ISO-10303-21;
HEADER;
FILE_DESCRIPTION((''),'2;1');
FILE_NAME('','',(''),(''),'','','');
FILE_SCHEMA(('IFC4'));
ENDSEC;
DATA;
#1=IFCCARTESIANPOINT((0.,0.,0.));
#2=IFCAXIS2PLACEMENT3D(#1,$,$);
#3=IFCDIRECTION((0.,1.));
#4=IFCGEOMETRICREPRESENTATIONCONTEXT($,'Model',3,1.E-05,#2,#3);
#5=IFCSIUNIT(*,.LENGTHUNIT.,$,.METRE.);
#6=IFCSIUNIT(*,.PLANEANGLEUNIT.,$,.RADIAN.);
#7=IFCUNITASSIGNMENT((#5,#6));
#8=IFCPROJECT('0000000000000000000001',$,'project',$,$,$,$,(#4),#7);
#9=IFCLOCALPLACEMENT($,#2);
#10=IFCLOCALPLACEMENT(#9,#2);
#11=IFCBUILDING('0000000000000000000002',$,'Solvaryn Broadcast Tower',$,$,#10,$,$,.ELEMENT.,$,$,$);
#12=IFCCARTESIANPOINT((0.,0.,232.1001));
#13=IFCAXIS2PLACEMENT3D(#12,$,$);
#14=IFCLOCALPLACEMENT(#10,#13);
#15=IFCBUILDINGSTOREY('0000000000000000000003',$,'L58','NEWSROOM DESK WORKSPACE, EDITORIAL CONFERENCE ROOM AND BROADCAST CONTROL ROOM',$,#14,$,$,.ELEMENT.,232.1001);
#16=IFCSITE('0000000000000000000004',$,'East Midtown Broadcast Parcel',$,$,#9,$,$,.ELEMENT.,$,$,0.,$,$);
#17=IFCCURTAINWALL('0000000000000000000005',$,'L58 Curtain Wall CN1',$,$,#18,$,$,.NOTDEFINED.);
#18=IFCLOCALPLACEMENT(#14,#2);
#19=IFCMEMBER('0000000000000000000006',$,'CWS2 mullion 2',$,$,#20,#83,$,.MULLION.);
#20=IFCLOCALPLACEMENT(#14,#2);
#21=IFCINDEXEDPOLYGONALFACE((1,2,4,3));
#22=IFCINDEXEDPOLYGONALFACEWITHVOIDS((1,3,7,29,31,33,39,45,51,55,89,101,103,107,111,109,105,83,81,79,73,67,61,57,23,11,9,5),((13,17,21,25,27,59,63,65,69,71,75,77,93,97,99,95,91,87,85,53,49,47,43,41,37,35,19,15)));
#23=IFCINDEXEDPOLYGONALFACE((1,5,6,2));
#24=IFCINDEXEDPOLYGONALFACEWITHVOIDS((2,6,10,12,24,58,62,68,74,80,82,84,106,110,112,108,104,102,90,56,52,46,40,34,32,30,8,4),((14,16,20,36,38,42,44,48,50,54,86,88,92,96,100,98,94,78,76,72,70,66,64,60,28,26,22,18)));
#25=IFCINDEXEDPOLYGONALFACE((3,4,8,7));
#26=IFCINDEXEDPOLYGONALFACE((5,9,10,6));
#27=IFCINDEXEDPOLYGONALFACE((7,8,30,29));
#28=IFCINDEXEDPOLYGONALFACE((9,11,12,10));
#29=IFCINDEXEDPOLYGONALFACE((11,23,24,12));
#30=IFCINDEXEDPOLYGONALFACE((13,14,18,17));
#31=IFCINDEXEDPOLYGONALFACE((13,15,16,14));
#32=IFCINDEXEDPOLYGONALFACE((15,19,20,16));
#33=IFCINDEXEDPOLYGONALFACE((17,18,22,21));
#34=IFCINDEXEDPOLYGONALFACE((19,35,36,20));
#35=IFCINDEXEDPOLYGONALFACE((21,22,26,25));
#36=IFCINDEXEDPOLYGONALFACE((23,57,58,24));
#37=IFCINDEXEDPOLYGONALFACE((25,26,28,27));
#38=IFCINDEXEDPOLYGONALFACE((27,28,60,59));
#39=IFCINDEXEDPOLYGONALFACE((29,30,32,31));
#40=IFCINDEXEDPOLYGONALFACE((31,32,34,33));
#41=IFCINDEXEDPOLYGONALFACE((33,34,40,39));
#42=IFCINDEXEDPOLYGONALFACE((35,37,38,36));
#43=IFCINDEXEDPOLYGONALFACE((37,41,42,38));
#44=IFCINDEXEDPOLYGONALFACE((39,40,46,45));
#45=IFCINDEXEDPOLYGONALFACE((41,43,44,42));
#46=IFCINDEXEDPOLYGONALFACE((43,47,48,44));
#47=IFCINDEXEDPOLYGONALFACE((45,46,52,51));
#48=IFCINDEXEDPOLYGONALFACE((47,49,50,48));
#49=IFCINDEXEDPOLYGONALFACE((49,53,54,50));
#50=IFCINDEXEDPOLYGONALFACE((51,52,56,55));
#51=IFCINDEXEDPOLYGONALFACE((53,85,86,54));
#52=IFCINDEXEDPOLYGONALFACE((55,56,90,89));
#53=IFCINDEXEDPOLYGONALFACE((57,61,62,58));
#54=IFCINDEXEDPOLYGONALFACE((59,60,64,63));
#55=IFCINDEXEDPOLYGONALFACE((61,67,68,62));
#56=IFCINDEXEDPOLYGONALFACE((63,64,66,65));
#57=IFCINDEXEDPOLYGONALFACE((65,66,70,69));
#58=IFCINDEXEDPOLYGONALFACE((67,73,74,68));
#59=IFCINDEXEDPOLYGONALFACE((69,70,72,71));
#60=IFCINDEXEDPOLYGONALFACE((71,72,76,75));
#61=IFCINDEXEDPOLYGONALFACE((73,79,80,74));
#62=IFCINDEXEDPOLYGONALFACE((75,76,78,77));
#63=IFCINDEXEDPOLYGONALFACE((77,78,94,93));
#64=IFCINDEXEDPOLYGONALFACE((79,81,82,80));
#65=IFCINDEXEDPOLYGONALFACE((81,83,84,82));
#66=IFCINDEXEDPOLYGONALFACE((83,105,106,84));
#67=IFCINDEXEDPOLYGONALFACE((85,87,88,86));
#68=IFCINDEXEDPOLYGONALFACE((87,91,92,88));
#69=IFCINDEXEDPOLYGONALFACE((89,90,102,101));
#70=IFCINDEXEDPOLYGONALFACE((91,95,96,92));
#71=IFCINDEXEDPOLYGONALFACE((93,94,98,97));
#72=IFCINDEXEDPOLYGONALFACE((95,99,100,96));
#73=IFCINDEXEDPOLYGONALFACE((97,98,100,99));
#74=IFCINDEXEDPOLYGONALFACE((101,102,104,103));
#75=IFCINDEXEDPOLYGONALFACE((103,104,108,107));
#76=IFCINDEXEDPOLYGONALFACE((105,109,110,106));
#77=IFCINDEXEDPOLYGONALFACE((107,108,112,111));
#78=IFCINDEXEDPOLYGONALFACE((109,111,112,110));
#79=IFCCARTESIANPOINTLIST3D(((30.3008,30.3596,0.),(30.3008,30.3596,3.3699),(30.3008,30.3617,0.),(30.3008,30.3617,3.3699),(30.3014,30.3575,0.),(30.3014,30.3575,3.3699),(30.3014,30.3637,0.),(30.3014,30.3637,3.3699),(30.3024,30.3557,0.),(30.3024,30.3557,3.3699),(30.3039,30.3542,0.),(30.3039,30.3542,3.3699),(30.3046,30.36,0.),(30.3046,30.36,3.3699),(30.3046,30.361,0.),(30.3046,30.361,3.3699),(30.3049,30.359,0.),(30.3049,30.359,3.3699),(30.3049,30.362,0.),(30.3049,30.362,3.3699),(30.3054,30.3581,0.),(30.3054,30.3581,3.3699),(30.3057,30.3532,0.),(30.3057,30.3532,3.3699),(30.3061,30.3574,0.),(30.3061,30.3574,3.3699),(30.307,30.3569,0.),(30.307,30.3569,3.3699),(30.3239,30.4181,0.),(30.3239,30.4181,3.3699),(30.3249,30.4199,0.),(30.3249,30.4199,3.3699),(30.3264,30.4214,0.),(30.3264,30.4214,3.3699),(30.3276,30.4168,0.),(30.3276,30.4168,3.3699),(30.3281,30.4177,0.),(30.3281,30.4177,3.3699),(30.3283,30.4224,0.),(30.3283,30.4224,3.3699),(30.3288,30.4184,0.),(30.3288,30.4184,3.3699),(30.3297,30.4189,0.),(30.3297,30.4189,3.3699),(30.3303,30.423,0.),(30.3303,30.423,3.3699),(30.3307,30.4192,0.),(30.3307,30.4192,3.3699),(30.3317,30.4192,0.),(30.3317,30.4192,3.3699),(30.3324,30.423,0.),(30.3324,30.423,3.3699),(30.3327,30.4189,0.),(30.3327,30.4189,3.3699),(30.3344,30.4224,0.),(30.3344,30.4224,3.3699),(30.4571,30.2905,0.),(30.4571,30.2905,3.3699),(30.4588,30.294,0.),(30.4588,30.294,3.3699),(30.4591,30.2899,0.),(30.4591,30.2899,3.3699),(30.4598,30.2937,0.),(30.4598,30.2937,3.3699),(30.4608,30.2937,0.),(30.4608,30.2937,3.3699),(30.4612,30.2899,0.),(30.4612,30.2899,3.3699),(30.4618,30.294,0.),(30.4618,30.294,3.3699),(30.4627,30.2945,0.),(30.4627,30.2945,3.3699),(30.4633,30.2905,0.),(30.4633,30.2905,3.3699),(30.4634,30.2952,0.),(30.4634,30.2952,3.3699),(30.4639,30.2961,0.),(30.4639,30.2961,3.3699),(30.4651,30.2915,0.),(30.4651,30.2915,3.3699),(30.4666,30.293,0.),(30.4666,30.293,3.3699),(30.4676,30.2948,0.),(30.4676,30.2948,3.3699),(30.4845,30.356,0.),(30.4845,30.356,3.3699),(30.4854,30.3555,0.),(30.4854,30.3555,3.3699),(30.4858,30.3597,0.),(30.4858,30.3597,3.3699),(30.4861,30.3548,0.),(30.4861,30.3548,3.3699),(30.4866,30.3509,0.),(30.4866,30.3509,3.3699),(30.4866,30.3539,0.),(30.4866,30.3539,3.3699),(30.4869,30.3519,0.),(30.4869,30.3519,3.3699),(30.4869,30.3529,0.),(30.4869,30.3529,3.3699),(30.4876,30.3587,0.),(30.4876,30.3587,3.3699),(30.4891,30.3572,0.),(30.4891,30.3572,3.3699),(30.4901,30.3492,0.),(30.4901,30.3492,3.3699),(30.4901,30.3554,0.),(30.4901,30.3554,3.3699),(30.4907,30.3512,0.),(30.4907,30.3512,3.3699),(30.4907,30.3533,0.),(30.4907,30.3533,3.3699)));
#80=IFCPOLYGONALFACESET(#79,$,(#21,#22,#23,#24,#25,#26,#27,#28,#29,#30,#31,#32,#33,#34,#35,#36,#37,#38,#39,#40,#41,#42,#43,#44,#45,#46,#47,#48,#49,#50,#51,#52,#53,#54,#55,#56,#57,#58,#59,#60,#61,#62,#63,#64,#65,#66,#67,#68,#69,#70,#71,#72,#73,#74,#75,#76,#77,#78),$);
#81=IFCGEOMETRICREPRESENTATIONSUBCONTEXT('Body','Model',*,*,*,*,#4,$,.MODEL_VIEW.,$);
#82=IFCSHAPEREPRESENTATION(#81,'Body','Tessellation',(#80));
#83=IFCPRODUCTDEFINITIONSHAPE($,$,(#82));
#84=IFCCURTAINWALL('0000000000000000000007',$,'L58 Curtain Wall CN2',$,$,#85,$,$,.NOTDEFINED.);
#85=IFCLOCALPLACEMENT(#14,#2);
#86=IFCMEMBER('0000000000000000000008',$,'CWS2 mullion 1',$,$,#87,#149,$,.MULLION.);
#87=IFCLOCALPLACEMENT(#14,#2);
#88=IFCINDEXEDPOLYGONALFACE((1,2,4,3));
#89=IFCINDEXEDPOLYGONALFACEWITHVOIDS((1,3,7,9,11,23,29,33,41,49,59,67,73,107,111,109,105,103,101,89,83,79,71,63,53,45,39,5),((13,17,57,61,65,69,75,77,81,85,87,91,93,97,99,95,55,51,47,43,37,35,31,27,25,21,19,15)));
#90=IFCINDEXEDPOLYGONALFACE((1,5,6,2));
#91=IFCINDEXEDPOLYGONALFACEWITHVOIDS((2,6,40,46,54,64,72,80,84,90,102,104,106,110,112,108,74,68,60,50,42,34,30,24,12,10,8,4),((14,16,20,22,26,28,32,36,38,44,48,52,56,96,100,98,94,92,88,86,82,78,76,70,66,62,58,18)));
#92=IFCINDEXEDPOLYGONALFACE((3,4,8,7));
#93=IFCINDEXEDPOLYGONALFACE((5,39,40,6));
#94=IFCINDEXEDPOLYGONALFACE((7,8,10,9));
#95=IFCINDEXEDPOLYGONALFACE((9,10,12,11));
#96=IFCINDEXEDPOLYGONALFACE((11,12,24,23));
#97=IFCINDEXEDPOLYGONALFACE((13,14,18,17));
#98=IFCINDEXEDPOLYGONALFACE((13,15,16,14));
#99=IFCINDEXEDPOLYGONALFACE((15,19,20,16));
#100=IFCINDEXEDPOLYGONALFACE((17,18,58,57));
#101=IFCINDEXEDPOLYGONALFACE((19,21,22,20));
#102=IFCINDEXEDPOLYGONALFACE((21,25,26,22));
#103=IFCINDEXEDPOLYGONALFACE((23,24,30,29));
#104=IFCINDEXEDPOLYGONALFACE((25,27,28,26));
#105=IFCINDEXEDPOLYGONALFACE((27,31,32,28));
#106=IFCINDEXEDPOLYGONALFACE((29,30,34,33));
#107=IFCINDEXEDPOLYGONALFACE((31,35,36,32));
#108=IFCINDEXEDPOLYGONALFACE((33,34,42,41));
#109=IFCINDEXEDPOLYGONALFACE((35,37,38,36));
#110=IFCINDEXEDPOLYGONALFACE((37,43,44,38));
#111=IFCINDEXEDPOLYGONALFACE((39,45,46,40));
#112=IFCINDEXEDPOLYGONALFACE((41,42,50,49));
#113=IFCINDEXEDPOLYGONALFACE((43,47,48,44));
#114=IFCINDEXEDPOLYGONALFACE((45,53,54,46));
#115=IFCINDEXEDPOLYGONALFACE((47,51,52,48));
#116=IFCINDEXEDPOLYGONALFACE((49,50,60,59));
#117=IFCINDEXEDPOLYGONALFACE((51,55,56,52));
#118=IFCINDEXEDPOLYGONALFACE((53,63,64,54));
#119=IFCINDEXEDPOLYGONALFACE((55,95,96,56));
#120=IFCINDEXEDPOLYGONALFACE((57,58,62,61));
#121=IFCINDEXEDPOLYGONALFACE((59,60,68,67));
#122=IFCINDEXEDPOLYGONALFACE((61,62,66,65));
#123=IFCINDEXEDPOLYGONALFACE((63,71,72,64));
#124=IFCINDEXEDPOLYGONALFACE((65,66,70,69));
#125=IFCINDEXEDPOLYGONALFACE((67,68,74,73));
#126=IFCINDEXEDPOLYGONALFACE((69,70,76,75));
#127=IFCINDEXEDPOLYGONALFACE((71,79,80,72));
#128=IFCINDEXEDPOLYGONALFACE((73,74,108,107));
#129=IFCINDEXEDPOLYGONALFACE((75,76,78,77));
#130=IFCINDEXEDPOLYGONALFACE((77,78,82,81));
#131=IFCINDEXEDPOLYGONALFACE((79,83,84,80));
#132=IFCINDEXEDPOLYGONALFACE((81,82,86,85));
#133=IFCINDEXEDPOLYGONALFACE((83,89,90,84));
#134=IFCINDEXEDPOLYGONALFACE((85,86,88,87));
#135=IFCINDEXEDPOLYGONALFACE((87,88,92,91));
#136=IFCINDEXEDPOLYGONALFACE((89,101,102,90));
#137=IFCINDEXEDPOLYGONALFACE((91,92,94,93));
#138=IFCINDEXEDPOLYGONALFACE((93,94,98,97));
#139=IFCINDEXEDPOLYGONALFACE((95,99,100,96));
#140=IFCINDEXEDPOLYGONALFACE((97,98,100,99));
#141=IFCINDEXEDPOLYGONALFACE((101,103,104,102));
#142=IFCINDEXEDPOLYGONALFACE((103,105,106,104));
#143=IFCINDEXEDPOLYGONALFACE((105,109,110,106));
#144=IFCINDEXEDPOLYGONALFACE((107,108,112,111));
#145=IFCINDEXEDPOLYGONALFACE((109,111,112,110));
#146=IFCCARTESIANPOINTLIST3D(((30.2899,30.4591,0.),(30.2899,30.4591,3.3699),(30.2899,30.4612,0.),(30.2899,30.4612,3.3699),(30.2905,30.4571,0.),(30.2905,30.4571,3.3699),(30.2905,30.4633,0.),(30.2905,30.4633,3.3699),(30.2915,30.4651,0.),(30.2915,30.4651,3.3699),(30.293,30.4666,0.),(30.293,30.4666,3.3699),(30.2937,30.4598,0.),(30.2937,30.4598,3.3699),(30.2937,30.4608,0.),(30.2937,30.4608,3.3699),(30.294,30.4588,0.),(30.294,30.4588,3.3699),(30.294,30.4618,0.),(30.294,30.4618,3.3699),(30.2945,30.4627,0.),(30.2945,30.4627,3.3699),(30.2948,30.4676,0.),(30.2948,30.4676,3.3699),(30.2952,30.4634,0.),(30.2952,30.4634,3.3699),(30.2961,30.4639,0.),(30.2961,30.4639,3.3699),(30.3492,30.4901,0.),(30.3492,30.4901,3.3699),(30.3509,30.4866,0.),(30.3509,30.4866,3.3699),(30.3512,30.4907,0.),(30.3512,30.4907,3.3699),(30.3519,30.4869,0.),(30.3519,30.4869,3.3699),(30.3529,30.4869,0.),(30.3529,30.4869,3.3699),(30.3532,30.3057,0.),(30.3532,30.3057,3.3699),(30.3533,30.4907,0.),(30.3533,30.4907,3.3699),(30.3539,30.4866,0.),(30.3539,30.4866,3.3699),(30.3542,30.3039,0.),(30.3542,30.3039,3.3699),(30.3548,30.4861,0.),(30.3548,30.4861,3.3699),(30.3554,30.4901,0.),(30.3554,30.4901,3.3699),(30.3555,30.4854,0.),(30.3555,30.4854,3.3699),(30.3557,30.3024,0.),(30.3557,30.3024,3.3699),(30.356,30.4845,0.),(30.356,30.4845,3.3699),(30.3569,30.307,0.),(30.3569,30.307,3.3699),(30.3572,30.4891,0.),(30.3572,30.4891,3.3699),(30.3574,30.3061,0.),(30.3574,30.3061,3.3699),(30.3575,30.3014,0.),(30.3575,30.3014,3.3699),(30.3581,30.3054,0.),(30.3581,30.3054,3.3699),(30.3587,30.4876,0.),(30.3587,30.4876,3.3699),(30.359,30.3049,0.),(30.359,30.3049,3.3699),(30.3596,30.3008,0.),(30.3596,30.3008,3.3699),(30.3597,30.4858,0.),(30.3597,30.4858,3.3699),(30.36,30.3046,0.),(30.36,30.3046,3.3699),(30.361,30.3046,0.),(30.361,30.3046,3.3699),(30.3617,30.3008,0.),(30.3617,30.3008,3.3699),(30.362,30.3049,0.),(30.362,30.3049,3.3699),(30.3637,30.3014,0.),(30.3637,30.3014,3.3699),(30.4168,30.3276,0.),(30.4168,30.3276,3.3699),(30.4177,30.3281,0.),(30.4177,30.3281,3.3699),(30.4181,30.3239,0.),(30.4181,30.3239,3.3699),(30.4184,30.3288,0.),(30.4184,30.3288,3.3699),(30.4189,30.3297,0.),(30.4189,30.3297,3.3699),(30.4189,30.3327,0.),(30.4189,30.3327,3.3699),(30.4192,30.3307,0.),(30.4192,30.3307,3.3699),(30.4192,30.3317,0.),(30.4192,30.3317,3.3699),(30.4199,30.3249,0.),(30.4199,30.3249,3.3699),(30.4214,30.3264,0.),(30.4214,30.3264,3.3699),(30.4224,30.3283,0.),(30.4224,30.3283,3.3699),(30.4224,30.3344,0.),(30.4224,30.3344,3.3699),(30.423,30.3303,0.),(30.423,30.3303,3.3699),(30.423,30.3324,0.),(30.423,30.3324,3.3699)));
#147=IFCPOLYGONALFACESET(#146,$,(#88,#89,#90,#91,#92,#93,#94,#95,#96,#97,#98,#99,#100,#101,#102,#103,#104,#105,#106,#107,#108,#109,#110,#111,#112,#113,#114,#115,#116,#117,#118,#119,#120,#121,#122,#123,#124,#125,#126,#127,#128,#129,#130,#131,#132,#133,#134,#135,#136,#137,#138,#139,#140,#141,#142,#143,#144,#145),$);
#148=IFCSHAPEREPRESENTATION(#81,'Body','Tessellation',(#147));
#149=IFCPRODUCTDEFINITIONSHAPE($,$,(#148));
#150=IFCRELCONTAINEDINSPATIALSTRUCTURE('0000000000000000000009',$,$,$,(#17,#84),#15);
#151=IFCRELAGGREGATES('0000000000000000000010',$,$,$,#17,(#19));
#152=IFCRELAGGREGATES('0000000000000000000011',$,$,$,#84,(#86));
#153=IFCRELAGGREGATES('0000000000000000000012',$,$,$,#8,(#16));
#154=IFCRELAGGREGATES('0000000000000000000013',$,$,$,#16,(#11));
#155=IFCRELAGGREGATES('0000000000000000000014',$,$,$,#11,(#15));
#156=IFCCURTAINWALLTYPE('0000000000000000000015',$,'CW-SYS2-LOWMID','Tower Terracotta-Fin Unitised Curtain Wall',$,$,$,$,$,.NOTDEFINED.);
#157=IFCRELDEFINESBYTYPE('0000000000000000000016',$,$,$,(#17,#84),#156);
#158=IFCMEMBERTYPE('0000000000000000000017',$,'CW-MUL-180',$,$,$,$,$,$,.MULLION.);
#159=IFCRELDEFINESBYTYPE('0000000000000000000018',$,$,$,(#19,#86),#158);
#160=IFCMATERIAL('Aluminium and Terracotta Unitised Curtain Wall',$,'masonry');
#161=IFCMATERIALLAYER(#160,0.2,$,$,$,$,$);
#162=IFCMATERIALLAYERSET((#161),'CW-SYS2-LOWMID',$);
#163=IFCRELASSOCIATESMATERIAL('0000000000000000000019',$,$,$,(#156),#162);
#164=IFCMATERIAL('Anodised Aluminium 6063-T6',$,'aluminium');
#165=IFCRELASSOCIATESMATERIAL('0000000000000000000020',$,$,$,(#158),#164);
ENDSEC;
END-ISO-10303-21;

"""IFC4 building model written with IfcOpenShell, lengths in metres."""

from ifc_helpers import new_model, si_unit, direction, frame, origin, origin_2d, place, context, subcontext, project, spatial, hollow_rectangle, extrude, material, layer, layer_set, material_profile, profile_set, type_object, element, aggregate, save


model = new_model("IFC4")

# Units and contexts
model_context = context("Model", 3, precision=1e-05, world=origin(), true_north=direction((0.0, 1.0)))
body_context = subcontext(model_context, "Body", "Model", "MODEL_VIEW")
ifc_project = project(units=[si_unit("LENGTHUNIT", "METRE"), si_unit("PLANEANGLEUNIT", "RADIAN")], contexts=[model_context])

# Site, building, storey
site_placement = place(None, origin())
site = spatial("IfcSite", under=ifc_project, at=site_placement, Name="East Midtown Broadcast Parcel", CompositionType="ELEMENT", RefElevation=0.0)
building_placement = place(site_placement, origin())
building = spatial("IfcBuilding", under=site, at=building_placement, Name="Solvaryn Broadcast Tower", CompositionType="ELEMENT")
storey_placement = place(building_placement, frame((0.0, 0.0, 232.1001)))
storey = spatial("IfcBuildingStorey", under=building, at=storey_placement, Name="L58", Description="NEWSROOM DESK WORKSPACE, EDITORIAL CONFERENCE ROOM AND BROADCAST CONTROL ROOM", CompositionType="ELEMENT", Elevation=232.1001)

# Curtain wall, member
ifc_material_1 = material(Name="Aluminium and Terracotta Unitised Curtain Wall", Category="masonry")
ifc_layer_1 = layer(ifc_material_1, 0.2)
ifc_layer_set_1 = layer_set([ifc_layer_1], Name="CW-SYS2-LOWMID")
curtain_wall_type = type_object("IfcCurtainWallType", Name="CW-SYS2-LOWMID", Description="Tower Terracotta-Fin Unitised Curtain Wall", PredefinedType="NOTDEFINED", material=ifc_layer_set_1)
curtain_wall_1_placement = place(storey_placement, origin())
curtain_wall_1 = element("IfcCurtainWall", 1, at=curtain_wall_1_placement, inside=storey, type_object=curtain_wall_type, Name="L58 Curtain Wall CN1", PredefinedType="NOTDEFINED")
ifc_material_2 = material(Name="Anodised Aluminium 6063-T6", Category="aluminium")
ifc_material_profile_1 = material_profile(ifc_material_2, hollow_rectangle(XDim=0.075, YDim=0.1799, WallThickness=0.0039, InnerFilletRadius=0.0039, OuterFilletRadius=0.0081, at=origin_2d()))
ifc_profile_set_1 = profile_set([ifc_material_profile_1], Name="Anodised Aluminium 6063-T6")
member_type_1 = type_object("IfcMemberType", Name="CW-MUL-180", PredefinedType="MULLION", material=ifc_profile_set_1)
member_1_placement = place(storey_placement, frame((30.3958, 30.3564, 0.0), z_axis=(0.0, 0.0, 1.0), x_axis=(-0.382646, -0.923895, 0.0)))
member_1 = element("IfcMember", 2, at=member_1_placement, type_object=member_type_1, Name="CWS2 mullion 2", PredefinedType="MULLION", context=body_context, shape_type="SweptSolid", body=[
    extrude(hollow_rectangle(XDim=0.075, YDim=0.1799, WallThickness=0.0039, InnerFilletRadius=0.0039, OuterFilletRadius=0.0081, at=origin_2d()), origin(), (0.0, 0.0, 1.0), 3.3699),
])

# Curtain wall, member
curtain_wall_2_placement = place(storey_placement, origin())
curtain_wall_2 = element("IfcCurtainWall", 3, at=curtain_wall_2_placement, inside=storey, type_object=curtain_wall_type, Name="L58 Curtain Wall CN2", PredefinedType="NOTDEFINED")
member_2_placement = place(storey_placement, frame((30.3564, 30.3958, 0.0), z_axis=(0.0, 0.0, 1.0), x_axis=(-0.923895, -0.382646, 0.0)))
member_2 = element("IfcMember", 4, at=member_2_placement, type_object=member_type_1, Name="CWS2 mullion 1", PredefinedType="MULLION", context=body_context, shape_type="SweptSolid", body=[
    extrude(hollow_rectangle(XDim=0.075, YDim=0.1799, WallThickness=0.0039, InnerFilletRadius=0.0039, OuterFilletRadius=0.0081, at=origin_2d()), origin(), (0.0, 0.0, 1.0), 3.3699),
])

aggregate(curtain_wall_1, [member_1])
aggregate(curtain_wall_2, [member_2])

save(model, "model.ifc")
